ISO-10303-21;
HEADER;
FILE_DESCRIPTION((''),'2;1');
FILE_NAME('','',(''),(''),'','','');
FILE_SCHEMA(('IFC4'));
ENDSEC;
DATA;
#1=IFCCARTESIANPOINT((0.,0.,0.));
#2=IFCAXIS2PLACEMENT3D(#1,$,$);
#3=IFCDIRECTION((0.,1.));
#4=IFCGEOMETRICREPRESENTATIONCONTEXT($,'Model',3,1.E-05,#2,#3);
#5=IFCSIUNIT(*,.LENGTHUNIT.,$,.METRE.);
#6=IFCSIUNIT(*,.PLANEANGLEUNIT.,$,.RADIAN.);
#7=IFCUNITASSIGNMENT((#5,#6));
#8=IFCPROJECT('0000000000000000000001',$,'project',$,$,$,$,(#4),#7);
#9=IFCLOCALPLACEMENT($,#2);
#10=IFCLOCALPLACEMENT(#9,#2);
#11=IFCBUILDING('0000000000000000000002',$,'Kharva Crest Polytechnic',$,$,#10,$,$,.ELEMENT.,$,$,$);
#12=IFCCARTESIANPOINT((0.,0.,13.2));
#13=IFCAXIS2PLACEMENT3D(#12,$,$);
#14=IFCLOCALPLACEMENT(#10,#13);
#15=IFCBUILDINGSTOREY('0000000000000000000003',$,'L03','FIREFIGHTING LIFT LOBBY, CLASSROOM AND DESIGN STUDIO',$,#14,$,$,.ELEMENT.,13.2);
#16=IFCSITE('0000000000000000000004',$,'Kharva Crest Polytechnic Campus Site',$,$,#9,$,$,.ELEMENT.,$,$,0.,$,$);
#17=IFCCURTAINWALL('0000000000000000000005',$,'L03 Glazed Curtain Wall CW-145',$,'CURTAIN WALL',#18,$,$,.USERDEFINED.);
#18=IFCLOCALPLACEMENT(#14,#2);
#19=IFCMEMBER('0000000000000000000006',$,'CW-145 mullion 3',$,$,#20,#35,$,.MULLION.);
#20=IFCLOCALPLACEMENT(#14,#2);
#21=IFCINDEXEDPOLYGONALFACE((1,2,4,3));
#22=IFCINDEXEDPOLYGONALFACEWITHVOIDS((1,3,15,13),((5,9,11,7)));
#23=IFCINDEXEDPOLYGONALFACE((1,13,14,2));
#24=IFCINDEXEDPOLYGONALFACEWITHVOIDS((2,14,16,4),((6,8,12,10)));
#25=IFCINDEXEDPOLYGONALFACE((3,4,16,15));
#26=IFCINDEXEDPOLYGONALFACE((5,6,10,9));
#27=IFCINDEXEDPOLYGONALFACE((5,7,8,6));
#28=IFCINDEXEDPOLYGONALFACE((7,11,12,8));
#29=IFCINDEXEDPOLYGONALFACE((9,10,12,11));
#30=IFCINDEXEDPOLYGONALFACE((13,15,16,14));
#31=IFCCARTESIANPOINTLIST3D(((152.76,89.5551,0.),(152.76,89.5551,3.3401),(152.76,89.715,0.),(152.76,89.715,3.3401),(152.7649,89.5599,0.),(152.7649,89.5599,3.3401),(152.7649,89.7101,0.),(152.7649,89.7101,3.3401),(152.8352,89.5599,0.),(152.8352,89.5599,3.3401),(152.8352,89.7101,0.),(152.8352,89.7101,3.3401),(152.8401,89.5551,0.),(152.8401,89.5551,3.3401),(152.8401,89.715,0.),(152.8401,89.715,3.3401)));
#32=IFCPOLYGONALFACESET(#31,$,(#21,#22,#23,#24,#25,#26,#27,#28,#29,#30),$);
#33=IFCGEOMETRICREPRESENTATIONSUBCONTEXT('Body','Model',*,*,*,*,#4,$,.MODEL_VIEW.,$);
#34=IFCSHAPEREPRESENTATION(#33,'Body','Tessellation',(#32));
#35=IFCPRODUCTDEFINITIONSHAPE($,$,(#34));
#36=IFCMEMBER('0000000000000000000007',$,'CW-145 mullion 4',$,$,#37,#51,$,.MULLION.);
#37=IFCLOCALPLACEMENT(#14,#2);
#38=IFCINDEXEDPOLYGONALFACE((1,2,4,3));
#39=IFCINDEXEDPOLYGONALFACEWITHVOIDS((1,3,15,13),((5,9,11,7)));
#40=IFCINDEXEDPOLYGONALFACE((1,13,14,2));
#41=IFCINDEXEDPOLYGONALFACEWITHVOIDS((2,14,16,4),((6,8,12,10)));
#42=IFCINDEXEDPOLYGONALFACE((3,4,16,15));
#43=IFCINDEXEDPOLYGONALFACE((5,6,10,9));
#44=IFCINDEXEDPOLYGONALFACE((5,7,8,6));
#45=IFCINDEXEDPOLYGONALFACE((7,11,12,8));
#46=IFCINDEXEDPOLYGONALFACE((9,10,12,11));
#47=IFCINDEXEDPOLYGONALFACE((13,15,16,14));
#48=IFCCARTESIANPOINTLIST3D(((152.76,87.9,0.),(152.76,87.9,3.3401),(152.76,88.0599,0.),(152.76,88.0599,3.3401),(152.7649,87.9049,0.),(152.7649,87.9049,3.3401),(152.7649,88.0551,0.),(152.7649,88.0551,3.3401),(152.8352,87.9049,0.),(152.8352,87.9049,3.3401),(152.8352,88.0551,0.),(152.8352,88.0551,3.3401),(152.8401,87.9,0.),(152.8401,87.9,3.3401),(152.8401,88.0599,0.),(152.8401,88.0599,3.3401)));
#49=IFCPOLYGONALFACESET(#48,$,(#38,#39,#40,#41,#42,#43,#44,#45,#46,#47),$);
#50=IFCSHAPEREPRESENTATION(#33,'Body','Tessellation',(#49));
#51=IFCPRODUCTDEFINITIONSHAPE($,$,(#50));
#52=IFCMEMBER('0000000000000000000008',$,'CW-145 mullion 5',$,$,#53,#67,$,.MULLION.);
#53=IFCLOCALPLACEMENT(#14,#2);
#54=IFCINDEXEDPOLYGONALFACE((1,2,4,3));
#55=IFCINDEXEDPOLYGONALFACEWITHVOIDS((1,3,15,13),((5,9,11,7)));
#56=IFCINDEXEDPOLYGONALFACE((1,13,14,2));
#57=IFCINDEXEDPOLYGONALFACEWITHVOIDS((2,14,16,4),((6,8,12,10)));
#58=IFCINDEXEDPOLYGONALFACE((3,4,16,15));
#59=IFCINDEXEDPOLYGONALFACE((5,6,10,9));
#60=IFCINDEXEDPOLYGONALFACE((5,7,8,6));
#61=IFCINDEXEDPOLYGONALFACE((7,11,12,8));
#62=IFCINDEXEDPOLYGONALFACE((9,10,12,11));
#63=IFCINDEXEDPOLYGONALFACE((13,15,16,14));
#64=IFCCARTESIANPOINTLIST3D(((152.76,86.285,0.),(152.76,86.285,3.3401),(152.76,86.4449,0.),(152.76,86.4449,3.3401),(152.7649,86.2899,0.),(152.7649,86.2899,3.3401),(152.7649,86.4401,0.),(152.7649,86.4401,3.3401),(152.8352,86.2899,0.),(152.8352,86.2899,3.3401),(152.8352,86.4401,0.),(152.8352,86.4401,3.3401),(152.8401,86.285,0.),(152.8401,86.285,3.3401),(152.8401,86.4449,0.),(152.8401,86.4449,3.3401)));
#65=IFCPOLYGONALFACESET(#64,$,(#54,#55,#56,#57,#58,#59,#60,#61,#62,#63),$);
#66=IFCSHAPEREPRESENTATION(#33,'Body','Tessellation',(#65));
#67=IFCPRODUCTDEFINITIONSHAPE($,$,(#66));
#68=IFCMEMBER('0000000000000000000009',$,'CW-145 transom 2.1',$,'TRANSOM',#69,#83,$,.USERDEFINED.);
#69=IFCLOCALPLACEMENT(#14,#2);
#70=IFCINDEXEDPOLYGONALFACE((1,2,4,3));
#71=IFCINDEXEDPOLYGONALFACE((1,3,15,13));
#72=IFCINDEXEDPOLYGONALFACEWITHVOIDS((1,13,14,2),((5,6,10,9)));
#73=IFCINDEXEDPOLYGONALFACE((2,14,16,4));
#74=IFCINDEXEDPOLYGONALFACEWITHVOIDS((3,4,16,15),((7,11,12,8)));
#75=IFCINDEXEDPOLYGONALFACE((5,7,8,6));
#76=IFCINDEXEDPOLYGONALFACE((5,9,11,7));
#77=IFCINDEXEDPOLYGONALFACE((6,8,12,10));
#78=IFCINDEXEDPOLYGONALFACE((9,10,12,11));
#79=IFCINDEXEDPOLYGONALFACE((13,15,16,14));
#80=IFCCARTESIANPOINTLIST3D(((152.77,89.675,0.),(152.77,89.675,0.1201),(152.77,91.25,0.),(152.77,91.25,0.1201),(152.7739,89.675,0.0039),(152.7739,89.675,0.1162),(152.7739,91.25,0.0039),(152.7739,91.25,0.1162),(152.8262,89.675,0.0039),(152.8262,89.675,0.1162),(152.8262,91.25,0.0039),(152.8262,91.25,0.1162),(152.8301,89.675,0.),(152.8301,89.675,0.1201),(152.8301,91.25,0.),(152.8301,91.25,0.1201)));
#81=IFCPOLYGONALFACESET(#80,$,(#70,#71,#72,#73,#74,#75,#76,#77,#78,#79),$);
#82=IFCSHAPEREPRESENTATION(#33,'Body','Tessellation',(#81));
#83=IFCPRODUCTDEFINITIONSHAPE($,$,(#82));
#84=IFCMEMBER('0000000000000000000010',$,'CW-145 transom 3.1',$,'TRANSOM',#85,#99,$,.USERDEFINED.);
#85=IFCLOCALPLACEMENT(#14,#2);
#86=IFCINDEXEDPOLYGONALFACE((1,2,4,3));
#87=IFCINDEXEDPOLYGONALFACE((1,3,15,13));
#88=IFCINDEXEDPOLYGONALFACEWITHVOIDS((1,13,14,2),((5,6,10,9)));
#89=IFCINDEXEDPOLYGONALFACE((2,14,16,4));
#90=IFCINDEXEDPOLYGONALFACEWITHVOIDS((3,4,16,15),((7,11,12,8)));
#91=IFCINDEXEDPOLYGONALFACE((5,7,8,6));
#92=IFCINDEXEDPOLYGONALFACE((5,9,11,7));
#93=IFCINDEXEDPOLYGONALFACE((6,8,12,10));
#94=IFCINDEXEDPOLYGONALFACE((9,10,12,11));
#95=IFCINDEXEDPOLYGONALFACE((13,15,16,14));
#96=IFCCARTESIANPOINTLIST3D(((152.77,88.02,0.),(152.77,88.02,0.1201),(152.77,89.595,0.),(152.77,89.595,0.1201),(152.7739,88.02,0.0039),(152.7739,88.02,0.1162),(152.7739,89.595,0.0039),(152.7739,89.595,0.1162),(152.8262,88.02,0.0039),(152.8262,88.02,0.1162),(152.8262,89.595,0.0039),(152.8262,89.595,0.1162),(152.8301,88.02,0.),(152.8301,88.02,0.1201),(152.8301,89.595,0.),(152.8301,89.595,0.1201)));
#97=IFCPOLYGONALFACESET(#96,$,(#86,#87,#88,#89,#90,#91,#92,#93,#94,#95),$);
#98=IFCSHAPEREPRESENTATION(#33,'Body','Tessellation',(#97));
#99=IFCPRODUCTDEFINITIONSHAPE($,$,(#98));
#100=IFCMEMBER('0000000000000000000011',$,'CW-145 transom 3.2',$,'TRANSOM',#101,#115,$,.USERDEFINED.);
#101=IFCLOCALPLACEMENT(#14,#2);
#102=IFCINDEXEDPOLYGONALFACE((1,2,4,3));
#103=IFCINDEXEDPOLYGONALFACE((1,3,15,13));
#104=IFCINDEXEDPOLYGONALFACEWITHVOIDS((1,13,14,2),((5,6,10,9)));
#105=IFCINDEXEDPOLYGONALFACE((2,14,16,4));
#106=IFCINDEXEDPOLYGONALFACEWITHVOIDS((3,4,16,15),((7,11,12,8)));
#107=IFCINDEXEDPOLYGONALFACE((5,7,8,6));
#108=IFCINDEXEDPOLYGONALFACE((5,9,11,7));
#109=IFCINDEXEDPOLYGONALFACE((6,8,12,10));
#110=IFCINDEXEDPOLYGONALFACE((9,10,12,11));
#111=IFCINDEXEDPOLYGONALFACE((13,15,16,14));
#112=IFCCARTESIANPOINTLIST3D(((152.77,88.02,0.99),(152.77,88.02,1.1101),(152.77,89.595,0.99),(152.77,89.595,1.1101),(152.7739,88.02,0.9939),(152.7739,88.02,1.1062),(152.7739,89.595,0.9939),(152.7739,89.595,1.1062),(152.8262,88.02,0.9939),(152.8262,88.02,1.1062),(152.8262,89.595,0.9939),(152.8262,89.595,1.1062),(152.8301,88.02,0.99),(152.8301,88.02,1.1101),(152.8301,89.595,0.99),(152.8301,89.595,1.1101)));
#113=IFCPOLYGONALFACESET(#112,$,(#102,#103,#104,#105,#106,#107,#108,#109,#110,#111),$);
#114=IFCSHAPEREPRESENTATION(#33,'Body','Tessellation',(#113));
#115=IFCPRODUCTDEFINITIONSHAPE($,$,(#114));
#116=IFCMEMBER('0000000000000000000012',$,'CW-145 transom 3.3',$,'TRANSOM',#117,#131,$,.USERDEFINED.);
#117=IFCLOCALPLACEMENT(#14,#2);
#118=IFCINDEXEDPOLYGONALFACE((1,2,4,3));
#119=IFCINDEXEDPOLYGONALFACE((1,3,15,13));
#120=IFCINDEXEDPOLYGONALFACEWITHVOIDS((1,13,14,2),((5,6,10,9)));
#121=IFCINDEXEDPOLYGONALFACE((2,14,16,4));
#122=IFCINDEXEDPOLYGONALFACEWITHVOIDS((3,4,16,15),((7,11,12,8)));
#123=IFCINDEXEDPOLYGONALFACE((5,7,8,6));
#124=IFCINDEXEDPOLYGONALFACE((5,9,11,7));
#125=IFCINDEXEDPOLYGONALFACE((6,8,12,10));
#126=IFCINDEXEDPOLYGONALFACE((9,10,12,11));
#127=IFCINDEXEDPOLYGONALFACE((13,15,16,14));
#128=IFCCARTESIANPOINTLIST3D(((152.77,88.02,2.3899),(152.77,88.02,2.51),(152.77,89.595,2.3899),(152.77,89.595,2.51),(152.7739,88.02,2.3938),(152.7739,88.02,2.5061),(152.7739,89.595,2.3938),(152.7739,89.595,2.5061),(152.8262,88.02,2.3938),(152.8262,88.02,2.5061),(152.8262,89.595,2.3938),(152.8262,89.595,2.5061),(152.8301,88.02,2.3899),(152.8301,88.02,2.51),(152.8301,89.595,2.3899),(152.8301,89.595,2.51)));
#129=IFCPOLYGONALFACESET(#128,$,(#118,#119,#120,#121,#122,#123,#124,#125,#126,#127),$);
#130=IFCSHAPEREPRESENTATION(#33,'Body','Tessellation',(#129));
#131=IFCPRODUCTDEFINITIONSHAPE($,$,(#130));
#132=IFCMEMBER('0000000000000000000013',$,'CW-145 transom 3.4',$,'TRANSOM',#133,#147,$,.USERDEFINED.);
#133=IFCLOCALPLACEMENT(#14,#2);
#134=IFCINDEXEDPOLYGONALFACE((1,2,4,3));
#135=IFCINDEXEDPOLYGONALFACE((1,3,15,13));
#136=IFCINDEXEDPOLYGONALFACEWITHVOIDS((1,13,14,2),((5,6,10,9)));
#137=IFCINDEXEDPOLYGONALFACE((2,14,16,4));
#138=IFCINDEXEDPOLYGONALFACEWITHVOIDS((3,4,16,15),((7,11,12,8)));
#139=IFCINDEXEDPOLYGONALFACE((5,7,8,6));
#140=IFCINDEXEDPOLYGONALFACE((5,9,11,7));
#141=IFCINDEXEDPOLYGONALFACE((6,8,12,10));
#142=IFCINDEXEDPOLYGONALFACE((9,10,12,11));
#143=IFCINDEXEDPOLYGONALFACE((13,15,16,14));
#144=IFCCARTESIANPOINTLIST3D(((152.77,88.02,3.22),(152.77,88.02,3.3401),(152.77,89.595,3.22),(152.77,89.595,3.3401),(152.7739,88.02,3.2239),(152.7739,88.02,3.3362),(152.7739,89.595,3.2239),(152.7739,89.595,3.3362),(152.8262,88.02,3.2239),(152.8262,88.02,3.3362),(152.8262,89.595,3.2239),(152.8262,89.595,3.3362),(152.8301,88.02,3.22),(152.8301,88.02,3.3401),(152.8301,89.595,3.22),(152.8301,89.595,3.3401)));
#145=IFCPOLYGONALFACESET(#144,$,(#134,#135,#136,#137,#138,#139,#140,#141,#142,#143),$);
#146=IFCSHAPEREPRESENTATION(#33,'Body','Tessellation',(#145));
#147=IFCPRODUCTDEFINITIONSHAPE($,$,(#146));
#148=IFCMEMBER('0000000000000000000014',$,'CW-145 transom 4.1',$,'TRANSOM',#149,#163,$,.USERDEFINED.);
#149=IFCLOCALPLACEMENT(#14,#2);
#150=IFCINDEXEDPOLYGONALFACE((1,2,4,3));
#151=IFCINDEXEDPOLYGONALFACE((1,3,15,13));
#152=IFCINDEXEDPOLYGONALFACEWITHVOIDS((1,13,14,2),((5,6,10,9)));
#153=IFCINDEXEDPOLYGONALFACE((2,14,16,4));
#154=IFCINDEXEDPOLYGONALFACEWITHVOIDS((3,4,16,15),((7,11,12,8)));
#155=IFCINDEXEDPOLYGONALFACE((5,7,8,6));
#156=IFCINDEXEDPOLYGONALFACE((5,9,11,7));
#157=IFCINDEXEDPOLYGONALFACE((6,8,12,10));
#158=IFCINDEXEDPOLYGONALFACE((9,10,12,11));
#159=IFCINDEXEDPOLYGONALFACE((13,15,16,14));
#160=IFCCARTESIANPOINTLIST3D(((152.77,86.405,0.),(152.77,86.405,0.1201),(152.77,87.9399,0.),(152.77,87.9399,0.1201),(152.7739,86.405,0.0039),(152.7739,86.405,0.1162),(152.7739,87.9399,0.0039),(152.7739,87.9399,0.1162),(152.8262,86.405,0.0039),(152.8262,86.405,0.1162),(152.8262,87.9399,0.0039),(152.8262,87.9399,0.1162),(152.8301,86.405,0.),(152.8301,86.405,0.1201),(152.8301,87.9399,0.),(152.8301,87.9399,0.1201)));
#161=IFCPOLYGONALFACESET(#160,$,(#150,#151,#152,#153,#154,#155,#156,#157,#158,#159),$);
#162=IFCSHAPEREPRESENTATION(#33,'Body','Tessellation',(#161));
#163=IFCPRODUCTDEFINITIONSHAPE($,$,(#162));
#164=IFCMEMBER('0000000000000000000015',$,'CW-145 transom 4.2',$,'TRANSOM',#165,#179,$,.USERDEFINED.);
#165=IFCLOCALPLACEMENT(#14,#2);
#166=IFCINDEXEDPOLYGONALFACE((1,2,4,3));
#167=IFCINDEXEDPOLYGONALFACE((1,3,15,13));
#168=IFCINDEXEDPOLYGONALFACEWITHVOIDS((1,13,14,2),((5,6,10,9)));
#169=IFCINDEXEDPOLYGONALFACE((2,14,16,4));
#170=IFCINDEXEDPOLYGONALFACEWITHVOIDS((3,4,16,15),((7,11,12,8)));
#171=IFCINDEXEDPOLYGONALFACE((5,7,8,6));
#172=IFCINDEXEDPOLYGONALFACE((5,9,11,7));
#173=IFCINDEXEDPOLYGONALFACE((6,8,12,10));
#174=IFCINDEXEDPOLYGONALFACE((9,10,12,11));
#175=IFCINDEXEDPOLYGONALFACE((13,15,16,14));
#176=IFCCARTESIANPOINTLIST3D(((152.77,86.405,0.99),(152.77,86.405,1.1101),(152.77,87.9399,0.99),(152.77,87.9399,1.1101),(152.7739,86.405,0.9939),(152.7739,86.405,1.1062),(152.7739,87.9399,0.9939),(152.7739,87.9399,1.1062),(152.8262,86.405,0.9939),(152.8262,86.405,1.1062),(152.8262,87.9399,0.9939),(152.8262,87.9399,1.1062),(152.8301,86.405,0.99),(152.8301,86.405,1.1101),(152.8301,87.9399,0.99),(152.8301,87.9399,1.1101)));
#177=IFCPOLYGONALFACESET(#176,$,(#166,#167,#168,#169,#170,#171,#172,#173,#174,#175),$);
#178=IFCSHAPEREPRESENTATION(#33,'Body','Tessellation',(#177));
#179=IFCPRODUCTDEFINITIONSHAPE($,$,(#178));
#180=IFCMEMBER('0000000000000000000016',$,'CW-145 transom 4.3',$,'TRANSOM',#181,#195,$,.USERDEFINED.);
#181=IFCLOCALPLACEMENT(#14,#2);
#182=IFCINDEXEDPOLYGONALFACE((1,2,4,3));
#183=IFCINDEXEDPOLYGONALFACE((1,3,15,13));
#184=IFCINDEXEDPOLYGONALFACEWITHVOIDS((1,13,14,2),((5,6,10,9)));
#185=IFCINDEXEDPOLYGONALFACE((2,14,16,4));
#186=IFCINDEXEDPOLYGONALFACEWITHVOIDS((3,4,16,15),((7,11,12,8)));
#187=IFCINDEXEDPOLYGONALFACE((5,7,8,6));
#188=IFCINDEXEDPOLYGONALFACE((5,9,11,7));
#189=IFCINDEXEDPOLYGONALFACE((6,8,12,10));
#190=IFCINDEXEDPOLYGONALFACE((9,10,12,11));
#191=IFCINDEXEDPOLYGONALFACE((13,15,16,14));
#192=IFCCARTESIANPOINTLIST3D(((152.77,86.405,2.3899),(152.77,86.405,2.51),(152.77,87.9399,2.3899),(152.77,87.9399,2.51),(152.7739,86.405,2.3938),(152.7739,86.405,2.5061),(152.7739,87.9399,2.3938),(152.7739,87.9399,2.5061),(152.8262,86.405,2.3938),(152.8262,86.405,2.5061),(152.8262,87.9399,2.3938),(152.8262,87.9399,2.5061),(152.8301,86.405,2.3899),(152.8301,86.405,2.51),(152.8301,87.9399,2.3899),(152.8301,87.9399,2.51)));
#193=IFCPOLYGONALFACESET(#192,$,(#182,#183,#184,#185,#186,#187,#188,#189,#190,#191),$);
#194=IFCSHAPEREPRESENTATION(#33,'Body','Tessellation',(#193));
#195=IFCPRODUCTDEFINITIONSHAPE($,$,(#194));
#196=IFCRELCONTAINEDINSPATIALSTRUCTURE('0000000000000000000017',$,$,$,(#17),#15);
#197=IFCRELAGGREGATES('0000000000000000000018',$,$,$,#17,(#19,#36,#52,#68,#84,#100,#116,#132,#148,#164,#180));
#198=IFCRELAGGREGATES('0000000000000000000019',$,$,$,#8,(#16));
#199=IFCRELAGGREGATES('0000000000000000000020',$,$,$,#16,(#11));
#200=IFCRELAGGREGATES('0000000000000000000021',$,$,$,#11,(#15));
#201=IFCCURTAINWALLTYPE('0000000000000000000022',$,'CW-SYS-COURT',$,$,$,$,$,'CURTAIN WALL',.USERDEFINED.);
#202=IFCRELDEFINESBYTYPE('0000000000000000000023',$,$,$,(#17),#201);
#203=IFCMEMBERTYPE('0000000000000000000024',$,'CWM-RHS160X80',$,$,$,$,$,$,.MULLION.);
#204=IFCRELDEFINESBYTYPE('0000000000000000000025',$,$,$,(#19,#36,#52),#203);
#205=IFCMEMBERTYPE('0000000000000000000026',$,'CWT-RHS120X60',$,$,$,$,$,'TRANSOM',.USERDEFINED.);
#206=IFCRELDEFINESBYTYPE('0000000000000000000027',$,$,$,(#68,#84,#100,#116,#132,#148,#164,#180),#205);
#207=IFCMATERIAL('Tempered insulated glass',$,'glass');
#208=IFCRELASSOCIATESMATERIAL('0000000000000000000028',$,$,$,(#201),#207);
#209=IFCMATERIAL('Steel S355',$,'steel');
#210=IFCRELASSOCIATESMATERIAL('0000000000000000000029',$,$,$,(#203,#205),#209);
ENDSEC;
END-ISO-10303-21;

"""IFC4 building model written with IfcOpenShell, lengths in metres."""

from ifc_helpers import new_model, si_unit, direction, frame, origin, origin_2d, place, context, subcontext, project, spatial, hollow_rectangle, extrude, material, material_profile, profile_set, type_object, element, aggregate, save


model = new_model("IFC4")

# Units and contexts
model_context = context("Model", 3, precision=1e-05, world=origin(), true_north=direction((0.0, 1.0)))
body_context = subcontext(model_context, "Body", "Model", "MODEL_VIEW")
ifc_project = project(units=[si_unit("LENGTHUNIT", "METRE"), si_unit("PLANEANGLEUNIT", "RADIAN")], contexts=[model_context])

# Site, building, storey
site_placement = place(None, origin())
site = spatial("IfcSite", under=ifc_project, at=site_placement, Name="Kharva Crest Polytechnic Campus Site", CompositionType="ELEMENT", RefElevation=0.0)
building_placement = place(site_placement, origin())
building = spatial("IfcBuilding", under=site, at=building_placement, Name="Kharva Crest Polytechnic", CompositionType="ELEMENT")
storey_placement = place(building_placement, frame((0.0, 0.0, 13.2)))
storey = spatial("IfcBuildingStorey", under=building, at=storey_placement, Name="L03", Description="FIREFIGHTING LIFT LOBBY, CLASSROOM AND DESIGN STUDIO", CompositionType="ELEMENT", Elevation=13.2)

# Curtain wall, members
ifc_material_1 = material(Name="Tempered insulated glass", Category="glass")
curtain_wall_type = type_object("IfcCurtainWallType", Name="CW-SYS-COURT", ElementType="CURTAIN WALL", PredefinedType="USERDEFINED", material=ifc_material_1)
curtain_wall_placement = place(storey_placement, origin())
curtain_wall = element("IfcCurtainWall", 1, at=curtain_wall_placement, inside=storey, type_object=curtain_wall_type, Name="L03 Glazed Curtain Wall CW-145", ObjectType="CURTAIN WALL", PredefinedType="USERDEFINED")
ifc_material_2 = material(Name="Steel S355", Category="steel")
ifc_material_profile_1 = material_profile(ifc_material_2, hollow_rectangle(XDim=0.0801, YDim=0.1599, WallThickness=0.0049, at=origin_2d()), Name="RHS 160X80X5.0")
ifc_profile_set_1 = profile_set([ifc_material_profile_1], Name="Steel S355")
member_type_1 = type_object("IfcMemberType", Name="CWM-RHS160X80", PredefinedType="MULLION", material=ifc_profile_set_1)
member_1_placement = place(storey_placement, frame((152.8, 89.635, 0.0), z_axis=(0.0, 0.0, 1.0), x_axis=(1.0, 0.0, 0.0)))
member_1 = element("IfcMember", 2, at=member_1_placement, type_object=member_type_1, Name="CW-145 mullion 3", PredefinedType="MULLION", context=body_context, shape_type="SweptSolid", body=[
    extrude(hollow_rectangle(XDim=0.0801, YDim=0.1599, WallThickness=0.0049, at=origin_2d()), origin(), (0.0, 0.0, 1.0), 3.3401),
])
member_2_placement = place(storey_placement, frame((152.8, 87.98, 0.0), z_axis=(0.0, 0.0, 1.0), x_axis=(1.0, 0.0, 0.0)))
member_2 = element("IfcMember", 3, at=member_2_placement, type_object=member_type_1, Name="CW-145 mullion 4", PredefinedType="MULLION", context=body_context, shape_type="SweptSolid", body=[
    extrude(hollow_rectangle(XDim=0.0801, YDim=0.1599, WallThickness=0.0049, at=origin_2d()), origin(), (0.0, 0.0, 1.0), 3.3401),
])
member_3_placement = place(storey_placement, frame((152.8, 86.365, 0.0), z_axis=(0.0, 0.0, 1.0), x_axis=(1.0, 0.0, 0.0)))
member_3 = element("IfcMember", 4, at=member_3_placement, type_object=member_type_1, Name="CW-145 mullion 5", PredefinedType="MULLION", context=body_context, shape_type="SweptSolid", body=[
    extrude(hollow_rectangle(XDim=0.0801, YDim=0.1599, WallThickness=0.0049, at=origin_2d()), origin(), (0.0, 0.0, 1.0), 3.3401),
])
ifc_material_profile_2 = material_profile(ifc_material_2, hollow_rectangle(XDim=0.0601, YDim=0.1201, WallThickness=0.0039, at=origin_2d()), Name="RHS 120X60X4.0")
ifc_profile_set_2 = profile_set([ifc_material_profile_2], Name="Steel S355")
member_type_2 = type_object("IfcMemberType", Name="CWT-RHS120X60", ElementType="TRANSOM", PredefinedType="USERDEFINED", material=ifc_profile_set_2)
member_4_placement = place(storey_placement, frame((152.8, 91.25, 0.0601), z_axis=(0.0, -1.0, 0.0), x_axis=(1.0, 0.0, 0.0)))
member_4 = element("IfcMember", 5, at=member_4_placement, type_object=member_type_2, Name="CW-145 transom 2.1", ObjectType="TRANSOM", PredefinedType="USERDEFINED", context=body_context, shape_type="SweptSolid", body=[
    extrude(hollow_rectangle(XDim=0.0601, YDim=0.1201, WallThickness=0.0039, at=origin_2d()), origin(), (0.0, 0.0, 1.0), 1.575),
])
member_5_placement = place(storey_placement, frame((152.8, 89.595, 0.0601), z_axis=(0.0, -1.0, 0.0), x_axis=(1.0, 0.0, 0.0)))
member_5 = element("IfcMember", 6, at=member_5_placement, type_object=member_type_2, Name="CW-145 transom 3.1", ObjectType="TRANSOM", PredefinedType="USERDEFINED", context=body_context, shape_type="SweptSolid", body=[
    extrude(hollow_rectangle(XDim=0.0601, YDim=0.1201, WallThickness=0.0039, at=origin_2d()), origin(), (0.0, 0.0, 1.0), 1.575),
])
member_6_placement = place(storey_placement, frame((152.8, 89.595, 1.05), z_axis=(0.0, -1.0, 0.0), x_axis=(1.0, 0.0, 0.0)))
member_6 = element("IfcMember", 7, at=member_6_placement, type_object=member_type_2, Name="CW-145 transom 3.2", ObjectType="TRANSOM", PredefinedType="USERDEFINED", context=body_context, shape_type="SweptSolid", body=[
    extrude(hollow_rectangle(XDim=0.0601, YDim=0.1201, WallThickness=0.0039, at=origin_2d()), origin(), (0.0, 0.0, 1.0), 1.575),
])
member_7_placement = place(storey_placement, frame((152.8, 89.595, 2.45), z_axis=(0.0, -1.0, 0.0), x_axis=(1.0, 0.0, 0.0)))
member_7 = element("IfcMember", 8, at=member_7_placement, type_object=member_type_2, Name="CW-145 transom 3.3", ObjectType="TRANSOM", PredefinedType="USERDEFINED", context=body_context, shape_type="SweptSolid", body=[
    extrude(hollow_rectangle(XDim=0.0601, YDim=0.1201, WallThickness=0.0039, at=origin_2d()), origin(), (0.0, 0.0, 1.0), 1.575),
])
member_8_placement = place(storey_placement, frame((152.8, 89.595, 3.28), z_axis=(0.0, -1.0, 0.0), x_axis=(1.0, 0.0, 0.0)))
member_8 = element("IfcMember", 9, at=member_8_placement, type_object=member_type_2, Name="CW-145 transom 3.4", ObjectType="TRANSOM", PredefinedType="USERDEFINED", context=body_context, shape_type="SweptSolid", body=[
    extrude(hollow_rectangle(XDim=0.0601, YDim=0.1201, WallThickness=0.0039, at=origin_2d()), origin(), (0.0, 0.0, 1.0), 1.575),
])
member_9_placement = place(storey_placement, frame((152.8, 87.9399, 0.0601), z_axis=(0.0, -1.0, 0.0), x_axis=(1.0, 0.0, 0.0)))
member_9 = element("IfcMember", 10, at=member_9_placement, type_object=member_type_2, Name="CW-145 transom 4.1", ObjectType="TRANSOM", PredefinedType="USERDEFINED", context=body_context, shape_type="SweptSolid", body=[
    extrude(hollow_rectangle(XDim=0.0601, YDim=0.1201, WallThickness=0.0039, at=origin_2d()), origin(), (0.0, 0.0, 1.0), 1.5349),
])
member_10_placement = place(storey_placement, frame((152.8, 87.9399, 1.05), z_axis=(0.0, -1.0, 0.0), x_axis=(1.0, 0.0, 0.0)))
member_10 = element("IfcMember", 11, at=member_10_placement, type_object=member_type_2, Name="CW-145 transom 4.2", ObjectType="TRANSOM", PredefinedType="USERDEFINED", context=body_context, shape_type="SweptSolid", body=[
    extrude(hollow_rectangle(XDim=0.0601, YDim=0.1201, WallThickness=0.0039, at=origin_2d()), origin(), (0.0, 0.0, 1.0), 1.5349),
])
member_11_placement = place(storey_placement, frame((152.8, 87.9399, 2.45), z_axis=(0.0, -1.0, 0.0), x_axis=(1.0, 0.0, 0.0)))
member_11 = element("IfcMember", 12, at=member_11_placement, type_object=member_type_2, Name="CW-145 transom 4.3", ObjectType="TRANSOM", PredefinedType="USERDEFINED", context=body_context, shape_type="SweptSolid", body=[
    extrude(hollow_rectangle(XDim=0.0601, YDim=0.1201, WallThickness=0.0039, at=origin_2d()), origin(), (0.0, 0.0, 1.0), 1.5349),
])

aggregate(curtain_wall, [member_1, member_2, member_3, member_4, member_5, member_6, member_7, member_8, member_9, member_10, member_11])

save(model, "model.ifc")
